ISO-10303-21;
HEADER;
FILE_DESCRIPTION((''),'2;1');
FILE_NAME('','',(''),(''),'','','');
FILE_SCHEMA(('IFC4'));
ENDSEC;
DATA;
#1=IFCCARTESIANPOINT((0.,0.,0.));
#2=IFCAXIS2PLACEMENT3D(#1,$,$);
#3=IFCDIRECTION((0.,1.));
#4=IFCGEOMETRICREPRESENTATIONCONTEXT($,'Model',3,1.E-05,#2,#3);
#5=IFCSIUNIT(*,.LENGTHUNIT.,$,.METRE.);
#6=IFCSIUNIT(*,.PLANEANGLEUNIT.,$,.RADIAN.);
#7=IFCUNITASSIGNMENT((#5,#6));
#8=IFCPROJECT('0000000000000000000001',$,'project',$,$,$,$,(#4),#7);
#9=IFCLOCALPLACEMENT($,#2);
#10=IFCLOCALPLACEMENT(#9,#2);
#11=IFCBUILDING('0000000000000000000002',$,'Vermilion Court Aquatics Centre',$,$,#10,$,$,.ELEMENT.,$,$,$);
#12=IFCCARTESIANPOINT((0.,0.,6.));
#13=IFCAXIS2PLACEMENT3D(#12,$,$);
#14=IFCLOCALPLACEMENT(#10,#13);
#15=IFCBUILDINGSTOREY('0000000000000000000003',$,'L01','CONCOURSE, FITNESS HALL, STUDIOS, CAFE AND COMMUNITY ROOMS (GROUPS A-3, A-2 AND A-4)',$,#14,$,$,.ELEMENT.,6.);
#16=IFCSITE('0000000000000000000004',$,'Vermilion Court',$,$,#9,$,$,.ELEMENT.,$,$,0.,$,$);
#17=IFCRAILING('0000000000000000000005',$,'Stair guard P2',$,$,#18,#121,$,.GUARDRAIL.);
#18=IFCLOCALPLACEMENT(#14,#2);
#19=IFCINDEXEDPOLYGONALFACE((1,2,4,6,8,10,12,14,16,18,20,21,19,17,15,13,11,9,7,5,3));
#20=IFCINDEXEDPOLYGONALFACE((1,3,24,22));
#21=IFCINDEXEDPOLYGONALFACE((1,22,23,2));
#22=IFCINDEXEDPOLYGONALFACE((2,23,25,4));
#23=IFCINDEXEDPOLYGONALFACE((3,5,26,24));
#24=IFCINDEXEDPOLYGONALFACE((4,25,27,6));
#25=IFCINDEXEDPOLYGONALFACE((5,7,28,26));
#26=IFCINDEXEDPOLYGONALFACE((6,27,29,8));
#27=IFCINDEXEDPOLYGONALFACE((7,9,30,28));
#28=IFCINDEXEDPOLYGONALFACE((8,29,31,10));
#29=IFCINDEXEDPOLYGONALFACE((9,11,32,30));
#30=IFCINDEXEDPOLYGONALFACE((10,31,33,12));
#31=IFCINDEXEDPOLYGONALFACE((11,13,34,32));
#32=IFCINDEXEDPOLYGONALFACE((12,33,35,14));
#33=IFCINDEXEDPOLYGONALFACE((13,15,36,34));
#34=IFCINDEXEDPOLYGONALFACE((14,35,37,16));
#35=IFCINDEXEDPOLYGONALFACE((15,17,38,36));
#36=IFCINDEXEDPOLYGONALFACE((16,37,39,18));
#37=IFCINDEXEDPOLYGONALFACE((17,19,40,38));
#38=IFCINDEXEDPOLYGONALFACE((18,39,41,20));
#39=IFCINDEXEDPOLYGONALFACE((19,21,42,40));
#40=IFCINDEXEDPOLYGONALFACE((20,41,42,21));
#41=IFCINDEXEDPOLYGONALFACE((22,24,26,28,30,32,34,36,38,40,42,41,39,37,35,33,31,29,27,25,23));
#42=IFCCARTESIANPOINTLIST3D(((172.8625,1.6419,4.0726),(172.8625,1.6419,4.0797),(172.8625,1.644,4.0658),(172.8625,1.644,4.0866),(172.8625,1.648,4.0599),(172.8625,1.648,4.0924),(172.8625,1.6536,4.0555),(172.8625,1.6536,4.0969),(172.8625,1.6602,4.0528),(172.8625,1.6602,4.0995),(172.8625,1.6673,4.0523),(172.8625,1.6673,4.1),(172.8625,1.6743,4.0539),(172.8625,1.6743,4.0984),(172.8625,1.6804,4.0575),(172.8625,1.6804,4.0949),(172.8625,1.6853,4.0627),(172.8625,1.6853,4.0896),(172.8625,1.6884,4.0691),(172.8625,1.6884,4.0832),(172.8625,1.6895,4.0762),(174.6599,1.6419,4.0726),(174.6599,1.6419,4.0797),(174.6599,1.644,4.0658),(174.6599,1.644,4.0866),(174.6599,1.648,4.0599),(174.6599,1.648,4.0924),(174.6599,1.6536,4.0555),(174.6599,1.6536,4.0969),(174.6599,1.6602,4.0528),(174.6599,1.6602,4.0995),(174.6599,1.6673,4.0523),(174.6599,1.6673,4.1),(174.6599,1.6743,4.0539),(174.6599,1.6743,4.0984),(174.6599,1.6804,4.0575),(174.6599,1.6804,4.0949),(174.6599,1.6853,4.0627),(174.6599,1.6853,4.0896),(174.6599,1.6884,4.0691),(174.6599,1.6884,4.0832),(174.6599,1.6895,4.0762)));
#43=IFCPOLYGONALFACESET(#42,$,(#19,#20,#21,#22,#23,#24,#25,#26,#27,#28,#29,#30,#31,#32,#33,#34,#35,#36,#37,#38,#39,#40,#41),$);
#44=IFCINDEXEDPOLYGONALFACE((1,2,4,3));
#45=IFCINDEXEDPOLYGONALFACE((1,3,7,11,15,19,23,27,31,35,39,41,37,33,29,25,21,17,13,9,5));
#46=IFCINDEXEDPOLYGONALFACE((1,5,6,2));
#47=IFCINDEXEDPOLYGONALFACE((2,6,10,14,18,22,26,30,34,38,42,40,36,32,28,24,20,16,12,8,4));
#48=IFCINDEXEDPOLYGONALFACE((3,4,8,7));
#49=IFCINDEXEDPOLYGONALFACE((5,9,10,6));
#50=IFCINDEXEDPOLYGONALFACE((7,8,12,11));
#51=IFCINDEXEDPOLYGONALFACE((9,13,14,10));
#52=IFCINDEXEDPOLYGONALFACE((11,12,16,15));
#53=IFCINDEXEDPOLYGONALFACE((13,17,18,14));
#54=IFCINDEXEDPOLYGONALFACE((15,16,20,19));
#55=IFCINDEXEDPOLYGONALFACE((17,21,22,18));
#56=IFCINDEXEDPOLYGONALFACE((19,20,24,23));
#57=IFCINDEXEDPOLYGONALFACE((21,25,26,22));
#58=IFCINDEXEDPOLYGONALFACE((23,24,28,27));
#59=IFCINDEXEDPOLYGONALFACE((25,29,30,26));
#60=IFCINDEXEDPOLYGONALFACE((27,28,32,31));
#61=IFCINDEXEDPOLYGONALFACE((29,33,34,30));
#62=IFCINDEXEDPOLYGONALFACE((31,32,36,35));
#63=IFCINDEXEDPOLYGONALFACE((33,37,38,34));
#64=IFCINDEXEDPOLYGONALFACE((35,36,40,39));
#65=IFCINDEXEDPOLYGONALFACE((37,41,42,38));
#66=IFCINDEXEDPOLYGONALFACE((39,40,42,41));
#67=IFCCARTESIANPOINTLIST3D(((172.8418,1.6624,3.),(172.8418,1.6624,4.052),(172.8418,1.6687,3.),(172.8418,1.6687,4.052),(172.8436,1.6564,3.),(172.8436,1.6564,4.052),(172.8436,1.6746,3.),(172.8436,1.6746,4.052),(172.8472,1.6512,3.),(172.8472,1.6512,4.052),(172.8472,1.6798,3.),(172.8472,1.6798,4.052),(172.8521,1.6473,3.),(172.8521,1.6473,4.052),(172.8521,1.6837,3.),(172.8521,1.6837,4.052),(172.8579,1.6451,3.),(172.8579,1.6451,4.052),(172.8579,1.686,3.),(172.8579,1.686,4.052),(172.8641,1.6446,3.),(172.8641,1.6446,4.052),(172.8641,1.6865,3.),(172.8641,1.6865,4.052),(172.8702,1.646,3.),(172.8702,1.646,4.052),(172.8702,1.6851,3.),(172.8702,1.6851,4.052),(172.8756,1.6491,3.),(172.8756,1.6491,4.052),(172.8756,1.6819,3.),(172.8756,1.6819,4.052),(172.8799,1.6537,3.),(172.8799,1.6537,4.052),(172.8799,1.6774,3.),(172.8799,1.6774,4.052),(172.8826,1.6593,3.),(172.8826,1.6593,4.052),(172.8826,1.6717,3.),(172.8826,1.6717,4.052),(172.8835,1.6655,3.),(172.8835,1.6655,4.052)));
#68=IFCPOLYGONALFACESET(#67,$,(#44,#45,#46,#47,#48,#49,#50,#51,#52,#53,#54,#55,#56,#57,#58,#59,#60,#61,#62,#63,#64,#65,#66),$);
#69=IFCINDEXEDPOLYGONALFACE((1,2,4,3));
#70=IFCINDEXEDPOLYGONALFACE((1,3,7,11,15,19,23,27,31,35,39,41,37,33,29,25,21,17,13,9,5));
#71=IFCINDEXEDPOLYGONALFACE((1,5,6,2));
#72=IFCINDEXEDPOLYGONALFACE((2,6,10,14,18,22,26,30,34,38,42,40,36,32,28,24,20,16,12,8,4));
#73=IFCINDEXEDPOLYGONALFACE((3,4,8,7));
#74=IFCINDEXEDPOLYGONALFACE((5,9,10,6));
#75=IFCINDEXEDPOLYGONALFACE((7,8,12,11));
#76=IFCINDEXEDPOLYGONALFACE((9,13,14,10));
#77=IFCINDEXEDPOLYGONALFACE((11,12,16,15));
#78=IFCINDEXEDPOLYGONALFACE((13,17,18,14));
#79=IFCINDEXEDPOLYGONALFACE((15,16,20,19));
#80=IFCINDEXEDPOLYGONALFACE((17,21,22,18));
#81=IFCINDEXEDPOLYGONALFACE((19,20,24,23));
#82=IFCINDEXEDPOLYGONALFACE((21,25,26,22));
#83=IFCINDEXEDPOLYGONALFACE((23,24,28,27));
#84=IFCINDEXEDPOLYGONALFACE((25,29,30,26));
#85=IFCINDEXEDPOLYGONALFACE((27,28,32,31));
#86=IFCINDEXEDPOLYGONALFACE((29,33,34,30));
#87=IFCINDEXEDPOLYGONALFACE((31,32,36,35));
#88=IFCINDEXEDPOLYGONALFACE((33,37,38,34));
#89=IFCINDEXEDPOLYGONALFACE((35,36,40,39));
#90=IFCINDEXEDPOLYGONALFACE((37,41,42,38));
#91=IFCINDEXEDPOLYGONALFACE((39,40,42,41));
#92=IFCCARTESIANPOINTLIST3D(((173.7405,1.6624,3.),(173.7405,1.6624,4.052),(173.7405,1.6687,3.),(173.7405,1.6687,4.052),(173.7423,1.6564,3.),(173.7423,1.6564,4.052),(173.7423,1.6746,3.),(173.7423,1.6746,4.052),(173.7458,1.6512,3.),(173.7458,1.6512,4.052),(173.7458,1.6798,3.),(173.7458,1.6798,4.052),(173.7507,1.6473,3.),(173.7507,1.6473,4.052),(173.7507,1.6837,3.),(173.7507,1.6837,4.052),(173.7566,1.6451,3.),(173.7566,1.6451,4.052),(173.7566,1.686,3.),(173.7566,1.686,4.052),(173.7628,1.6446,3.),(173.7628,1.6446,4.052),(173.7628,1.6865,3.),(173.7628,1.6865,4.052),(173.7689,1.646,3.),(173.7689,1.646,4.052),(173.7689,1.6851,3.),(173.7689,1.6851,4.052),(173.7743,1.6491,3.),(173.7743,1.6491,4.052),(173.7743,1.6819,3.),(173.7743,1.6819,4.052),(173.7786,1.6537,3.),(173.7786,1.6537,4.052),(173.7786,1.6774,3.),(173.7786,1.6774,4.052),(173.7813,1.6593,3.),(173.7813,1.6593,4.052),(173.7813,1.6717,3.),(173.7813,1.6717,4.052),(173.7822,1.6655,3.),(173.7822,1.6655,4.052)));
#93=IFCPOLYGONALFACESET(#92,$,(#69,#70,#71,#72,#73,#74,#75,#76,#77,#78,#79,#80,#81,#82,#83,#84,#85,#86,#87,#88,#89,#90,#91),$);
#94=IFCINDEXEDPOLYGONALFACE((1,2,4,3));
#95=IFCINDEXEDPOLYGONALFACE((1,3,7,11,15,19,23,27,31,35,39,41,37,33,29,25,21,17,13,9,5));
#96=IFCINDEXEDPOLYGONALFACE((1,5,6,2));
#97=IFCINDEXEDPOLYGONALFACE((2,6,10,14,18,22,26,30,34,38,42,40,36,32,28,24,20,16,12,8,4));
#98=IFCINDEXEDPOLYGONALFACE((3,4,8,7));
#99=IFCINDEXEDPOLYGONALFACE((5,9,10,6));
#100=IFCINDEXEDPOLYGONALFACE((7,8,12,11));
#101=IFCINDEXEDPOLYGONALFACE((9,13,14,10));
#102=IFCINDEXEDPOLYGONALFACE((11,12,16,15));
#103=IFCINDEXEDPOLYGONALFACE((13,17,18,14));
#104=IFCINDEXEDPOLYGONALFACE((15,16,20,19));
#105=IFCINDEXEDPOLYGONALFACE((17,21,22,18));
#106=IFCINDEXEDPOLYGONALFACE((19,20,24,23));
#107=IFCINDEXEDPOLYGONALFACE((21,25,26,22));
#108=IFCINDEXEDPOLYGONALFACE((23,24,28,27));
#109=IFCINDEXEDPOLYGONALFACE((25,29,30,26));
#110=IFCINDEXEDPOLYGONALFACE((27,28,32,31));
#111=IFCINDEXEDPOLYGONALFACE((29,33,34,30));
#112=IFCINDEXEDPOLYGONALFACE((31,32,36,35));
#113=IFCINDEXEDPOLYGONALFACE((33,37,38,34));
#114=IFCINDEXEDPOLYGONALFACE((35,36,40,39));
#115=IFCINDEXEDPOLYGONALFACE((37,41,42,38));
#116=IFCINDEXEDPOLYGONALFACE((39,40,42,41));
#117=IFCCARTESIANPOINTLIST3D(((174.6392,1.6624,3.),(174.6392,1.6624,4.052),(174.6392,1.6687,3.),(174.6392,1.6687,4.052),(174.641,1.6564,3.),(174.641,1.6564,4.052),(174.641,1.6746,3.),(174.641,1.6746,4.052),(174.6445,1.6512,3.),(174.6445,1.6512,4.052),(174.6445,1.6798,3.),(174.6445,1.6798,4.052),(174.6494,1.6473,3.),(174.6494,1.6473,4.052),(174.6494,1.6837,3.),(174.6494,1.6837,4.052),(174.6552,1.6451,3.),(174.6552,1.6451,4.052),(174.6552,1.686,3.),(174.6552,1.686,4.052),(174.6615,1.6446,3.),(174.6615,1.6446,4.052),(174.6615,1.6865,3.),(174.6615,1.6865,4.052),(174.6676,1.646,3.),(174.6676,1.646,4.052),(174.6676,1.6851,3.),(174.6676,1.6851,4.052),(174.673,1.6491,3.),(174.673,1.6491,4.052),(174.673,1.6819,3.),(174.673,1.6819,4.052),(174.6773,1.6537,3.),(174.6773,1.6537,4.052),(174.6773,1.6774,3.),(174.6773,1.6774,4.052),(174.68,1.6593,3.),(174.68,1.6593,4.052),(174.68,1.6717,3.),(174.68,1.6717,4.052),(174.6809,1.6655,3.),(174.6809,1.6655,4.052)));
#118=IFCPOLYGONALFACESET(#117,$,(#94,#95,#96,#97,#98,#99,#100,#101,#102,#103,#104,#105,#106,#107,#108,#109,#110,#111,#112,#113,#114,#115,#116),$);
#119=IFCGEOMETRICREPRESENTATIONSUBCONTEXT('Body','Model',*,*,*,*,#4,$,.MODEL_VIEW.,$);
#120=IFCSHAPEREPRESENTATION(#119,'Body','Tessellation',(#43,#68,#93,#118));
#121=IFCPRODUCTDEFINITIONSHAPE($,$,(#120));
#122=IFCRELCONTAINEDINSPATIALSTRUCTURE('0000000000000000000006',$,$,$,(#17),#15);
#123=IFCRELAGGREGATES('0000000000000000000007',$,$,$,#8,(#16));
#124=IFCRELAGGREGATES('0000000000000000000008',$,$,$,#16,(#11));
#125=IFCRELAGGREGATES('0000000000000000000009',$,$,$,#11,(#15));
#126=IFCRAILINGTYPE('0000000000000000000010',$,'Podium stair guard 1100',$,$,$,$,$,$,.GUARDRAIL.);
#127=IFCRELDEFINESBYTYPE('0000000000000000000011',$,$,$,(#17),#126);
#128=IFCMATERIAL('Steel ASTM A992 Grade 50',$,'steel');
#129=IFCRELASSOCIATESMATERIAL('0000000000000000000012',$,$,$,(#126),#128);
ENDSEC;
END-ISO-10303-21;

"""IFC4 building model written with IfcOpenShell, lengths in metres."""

from ifc_helpers import new_model, si_unit, direction, frame, origin, origin_2d, place, context, subcontext, project, spatial, circle, extrude, material, type_object, element, save


model = new_model("IFC4")

# Units and contexts
model_context = context("Model", 3, precision=1e-05, world=origin(), true_north=direction((0.0, 1.0)))
body_context = subcontext(model_context, "Body", "Model", "MODEL_VIEW")
ifc_project = project(units=[si_unit("LENGTHUNIT", "METRE"), si_unit("PLANEANGLEUNIT", "RADIAN")], contexts=[model_context])

# Site, building, storey
site_placement = place(None, origin())
site = spatial("IfcSite", under=ifc_project, at=site_placement, Name="Vermilion Court", CompositionType="ELEMENT", RefElevation=0.0)
building_placement = place(site_placement, origin())
building = spatial("IfcBuilding", under=site, at=building_placement, Name="Vermilion Court Aquatics Centre", CompositionType="ELEMENT")
storey_placement = place(building_placement, frame((0.0, 0.0, 6.0)))
storey = spatial("IfcBuildingStorey", under=building, at=storey_placement, Name="L01", Description="CONCOURSE, FITNESS HALL, STUDIOS, CAFE AND COMMUNITY ROOMS (GROUPS A-3, A-2 AND A-4)", CompositionType="ELEMENT", Elevation=6.0)

# Railing
ifc_material_1 = material(Name="Steel ASTM A992 Grade 50", Category="steel")
railing_type_1 = type_object("IfcRailingType", Name="Podium stair guard 1100", PredefinedType="GUARDRAIL", material=ifc_material_1)
railing_1_placement = place(storey_placement, frame((172.8625, 1.6655, 3.0)))
element("IfcRailing", 1, at=railing_1_placement, inside=storey, type_object=railing_type_1, Name="Stair guard P2", PredefinedType="GUARDRAIL", context=body_context, shape_type="SweptSolid", body=[
    extrude(circle(Radius=0.0239, at=origin_2d()), frame((0.0, 0.0, 1.0762), z_axis=(1.0, 0.0, 0.0), x_axis=(0.0, 1.0, 0.0)), (0.0, 0.0, 1.0), 1.7974),
    extrude(circle(Radius=0.021, at=origin_2d()), origin(), (0.0, 0.0, 1.0), 1.052),
    extrude(circle(Radius=0.021, at=origin_2d()), frame((0.8987, 0.0, 0.0)), (0.0, 0.0, 1.0), 1.052),
    extrude(circle(Radius=0.021, at=origin_2d()), frame((1.7974, 0.0, 0.0)), (0.0, 0.0, 1.0), 1.052),
])

save(model, "model.ifc")
